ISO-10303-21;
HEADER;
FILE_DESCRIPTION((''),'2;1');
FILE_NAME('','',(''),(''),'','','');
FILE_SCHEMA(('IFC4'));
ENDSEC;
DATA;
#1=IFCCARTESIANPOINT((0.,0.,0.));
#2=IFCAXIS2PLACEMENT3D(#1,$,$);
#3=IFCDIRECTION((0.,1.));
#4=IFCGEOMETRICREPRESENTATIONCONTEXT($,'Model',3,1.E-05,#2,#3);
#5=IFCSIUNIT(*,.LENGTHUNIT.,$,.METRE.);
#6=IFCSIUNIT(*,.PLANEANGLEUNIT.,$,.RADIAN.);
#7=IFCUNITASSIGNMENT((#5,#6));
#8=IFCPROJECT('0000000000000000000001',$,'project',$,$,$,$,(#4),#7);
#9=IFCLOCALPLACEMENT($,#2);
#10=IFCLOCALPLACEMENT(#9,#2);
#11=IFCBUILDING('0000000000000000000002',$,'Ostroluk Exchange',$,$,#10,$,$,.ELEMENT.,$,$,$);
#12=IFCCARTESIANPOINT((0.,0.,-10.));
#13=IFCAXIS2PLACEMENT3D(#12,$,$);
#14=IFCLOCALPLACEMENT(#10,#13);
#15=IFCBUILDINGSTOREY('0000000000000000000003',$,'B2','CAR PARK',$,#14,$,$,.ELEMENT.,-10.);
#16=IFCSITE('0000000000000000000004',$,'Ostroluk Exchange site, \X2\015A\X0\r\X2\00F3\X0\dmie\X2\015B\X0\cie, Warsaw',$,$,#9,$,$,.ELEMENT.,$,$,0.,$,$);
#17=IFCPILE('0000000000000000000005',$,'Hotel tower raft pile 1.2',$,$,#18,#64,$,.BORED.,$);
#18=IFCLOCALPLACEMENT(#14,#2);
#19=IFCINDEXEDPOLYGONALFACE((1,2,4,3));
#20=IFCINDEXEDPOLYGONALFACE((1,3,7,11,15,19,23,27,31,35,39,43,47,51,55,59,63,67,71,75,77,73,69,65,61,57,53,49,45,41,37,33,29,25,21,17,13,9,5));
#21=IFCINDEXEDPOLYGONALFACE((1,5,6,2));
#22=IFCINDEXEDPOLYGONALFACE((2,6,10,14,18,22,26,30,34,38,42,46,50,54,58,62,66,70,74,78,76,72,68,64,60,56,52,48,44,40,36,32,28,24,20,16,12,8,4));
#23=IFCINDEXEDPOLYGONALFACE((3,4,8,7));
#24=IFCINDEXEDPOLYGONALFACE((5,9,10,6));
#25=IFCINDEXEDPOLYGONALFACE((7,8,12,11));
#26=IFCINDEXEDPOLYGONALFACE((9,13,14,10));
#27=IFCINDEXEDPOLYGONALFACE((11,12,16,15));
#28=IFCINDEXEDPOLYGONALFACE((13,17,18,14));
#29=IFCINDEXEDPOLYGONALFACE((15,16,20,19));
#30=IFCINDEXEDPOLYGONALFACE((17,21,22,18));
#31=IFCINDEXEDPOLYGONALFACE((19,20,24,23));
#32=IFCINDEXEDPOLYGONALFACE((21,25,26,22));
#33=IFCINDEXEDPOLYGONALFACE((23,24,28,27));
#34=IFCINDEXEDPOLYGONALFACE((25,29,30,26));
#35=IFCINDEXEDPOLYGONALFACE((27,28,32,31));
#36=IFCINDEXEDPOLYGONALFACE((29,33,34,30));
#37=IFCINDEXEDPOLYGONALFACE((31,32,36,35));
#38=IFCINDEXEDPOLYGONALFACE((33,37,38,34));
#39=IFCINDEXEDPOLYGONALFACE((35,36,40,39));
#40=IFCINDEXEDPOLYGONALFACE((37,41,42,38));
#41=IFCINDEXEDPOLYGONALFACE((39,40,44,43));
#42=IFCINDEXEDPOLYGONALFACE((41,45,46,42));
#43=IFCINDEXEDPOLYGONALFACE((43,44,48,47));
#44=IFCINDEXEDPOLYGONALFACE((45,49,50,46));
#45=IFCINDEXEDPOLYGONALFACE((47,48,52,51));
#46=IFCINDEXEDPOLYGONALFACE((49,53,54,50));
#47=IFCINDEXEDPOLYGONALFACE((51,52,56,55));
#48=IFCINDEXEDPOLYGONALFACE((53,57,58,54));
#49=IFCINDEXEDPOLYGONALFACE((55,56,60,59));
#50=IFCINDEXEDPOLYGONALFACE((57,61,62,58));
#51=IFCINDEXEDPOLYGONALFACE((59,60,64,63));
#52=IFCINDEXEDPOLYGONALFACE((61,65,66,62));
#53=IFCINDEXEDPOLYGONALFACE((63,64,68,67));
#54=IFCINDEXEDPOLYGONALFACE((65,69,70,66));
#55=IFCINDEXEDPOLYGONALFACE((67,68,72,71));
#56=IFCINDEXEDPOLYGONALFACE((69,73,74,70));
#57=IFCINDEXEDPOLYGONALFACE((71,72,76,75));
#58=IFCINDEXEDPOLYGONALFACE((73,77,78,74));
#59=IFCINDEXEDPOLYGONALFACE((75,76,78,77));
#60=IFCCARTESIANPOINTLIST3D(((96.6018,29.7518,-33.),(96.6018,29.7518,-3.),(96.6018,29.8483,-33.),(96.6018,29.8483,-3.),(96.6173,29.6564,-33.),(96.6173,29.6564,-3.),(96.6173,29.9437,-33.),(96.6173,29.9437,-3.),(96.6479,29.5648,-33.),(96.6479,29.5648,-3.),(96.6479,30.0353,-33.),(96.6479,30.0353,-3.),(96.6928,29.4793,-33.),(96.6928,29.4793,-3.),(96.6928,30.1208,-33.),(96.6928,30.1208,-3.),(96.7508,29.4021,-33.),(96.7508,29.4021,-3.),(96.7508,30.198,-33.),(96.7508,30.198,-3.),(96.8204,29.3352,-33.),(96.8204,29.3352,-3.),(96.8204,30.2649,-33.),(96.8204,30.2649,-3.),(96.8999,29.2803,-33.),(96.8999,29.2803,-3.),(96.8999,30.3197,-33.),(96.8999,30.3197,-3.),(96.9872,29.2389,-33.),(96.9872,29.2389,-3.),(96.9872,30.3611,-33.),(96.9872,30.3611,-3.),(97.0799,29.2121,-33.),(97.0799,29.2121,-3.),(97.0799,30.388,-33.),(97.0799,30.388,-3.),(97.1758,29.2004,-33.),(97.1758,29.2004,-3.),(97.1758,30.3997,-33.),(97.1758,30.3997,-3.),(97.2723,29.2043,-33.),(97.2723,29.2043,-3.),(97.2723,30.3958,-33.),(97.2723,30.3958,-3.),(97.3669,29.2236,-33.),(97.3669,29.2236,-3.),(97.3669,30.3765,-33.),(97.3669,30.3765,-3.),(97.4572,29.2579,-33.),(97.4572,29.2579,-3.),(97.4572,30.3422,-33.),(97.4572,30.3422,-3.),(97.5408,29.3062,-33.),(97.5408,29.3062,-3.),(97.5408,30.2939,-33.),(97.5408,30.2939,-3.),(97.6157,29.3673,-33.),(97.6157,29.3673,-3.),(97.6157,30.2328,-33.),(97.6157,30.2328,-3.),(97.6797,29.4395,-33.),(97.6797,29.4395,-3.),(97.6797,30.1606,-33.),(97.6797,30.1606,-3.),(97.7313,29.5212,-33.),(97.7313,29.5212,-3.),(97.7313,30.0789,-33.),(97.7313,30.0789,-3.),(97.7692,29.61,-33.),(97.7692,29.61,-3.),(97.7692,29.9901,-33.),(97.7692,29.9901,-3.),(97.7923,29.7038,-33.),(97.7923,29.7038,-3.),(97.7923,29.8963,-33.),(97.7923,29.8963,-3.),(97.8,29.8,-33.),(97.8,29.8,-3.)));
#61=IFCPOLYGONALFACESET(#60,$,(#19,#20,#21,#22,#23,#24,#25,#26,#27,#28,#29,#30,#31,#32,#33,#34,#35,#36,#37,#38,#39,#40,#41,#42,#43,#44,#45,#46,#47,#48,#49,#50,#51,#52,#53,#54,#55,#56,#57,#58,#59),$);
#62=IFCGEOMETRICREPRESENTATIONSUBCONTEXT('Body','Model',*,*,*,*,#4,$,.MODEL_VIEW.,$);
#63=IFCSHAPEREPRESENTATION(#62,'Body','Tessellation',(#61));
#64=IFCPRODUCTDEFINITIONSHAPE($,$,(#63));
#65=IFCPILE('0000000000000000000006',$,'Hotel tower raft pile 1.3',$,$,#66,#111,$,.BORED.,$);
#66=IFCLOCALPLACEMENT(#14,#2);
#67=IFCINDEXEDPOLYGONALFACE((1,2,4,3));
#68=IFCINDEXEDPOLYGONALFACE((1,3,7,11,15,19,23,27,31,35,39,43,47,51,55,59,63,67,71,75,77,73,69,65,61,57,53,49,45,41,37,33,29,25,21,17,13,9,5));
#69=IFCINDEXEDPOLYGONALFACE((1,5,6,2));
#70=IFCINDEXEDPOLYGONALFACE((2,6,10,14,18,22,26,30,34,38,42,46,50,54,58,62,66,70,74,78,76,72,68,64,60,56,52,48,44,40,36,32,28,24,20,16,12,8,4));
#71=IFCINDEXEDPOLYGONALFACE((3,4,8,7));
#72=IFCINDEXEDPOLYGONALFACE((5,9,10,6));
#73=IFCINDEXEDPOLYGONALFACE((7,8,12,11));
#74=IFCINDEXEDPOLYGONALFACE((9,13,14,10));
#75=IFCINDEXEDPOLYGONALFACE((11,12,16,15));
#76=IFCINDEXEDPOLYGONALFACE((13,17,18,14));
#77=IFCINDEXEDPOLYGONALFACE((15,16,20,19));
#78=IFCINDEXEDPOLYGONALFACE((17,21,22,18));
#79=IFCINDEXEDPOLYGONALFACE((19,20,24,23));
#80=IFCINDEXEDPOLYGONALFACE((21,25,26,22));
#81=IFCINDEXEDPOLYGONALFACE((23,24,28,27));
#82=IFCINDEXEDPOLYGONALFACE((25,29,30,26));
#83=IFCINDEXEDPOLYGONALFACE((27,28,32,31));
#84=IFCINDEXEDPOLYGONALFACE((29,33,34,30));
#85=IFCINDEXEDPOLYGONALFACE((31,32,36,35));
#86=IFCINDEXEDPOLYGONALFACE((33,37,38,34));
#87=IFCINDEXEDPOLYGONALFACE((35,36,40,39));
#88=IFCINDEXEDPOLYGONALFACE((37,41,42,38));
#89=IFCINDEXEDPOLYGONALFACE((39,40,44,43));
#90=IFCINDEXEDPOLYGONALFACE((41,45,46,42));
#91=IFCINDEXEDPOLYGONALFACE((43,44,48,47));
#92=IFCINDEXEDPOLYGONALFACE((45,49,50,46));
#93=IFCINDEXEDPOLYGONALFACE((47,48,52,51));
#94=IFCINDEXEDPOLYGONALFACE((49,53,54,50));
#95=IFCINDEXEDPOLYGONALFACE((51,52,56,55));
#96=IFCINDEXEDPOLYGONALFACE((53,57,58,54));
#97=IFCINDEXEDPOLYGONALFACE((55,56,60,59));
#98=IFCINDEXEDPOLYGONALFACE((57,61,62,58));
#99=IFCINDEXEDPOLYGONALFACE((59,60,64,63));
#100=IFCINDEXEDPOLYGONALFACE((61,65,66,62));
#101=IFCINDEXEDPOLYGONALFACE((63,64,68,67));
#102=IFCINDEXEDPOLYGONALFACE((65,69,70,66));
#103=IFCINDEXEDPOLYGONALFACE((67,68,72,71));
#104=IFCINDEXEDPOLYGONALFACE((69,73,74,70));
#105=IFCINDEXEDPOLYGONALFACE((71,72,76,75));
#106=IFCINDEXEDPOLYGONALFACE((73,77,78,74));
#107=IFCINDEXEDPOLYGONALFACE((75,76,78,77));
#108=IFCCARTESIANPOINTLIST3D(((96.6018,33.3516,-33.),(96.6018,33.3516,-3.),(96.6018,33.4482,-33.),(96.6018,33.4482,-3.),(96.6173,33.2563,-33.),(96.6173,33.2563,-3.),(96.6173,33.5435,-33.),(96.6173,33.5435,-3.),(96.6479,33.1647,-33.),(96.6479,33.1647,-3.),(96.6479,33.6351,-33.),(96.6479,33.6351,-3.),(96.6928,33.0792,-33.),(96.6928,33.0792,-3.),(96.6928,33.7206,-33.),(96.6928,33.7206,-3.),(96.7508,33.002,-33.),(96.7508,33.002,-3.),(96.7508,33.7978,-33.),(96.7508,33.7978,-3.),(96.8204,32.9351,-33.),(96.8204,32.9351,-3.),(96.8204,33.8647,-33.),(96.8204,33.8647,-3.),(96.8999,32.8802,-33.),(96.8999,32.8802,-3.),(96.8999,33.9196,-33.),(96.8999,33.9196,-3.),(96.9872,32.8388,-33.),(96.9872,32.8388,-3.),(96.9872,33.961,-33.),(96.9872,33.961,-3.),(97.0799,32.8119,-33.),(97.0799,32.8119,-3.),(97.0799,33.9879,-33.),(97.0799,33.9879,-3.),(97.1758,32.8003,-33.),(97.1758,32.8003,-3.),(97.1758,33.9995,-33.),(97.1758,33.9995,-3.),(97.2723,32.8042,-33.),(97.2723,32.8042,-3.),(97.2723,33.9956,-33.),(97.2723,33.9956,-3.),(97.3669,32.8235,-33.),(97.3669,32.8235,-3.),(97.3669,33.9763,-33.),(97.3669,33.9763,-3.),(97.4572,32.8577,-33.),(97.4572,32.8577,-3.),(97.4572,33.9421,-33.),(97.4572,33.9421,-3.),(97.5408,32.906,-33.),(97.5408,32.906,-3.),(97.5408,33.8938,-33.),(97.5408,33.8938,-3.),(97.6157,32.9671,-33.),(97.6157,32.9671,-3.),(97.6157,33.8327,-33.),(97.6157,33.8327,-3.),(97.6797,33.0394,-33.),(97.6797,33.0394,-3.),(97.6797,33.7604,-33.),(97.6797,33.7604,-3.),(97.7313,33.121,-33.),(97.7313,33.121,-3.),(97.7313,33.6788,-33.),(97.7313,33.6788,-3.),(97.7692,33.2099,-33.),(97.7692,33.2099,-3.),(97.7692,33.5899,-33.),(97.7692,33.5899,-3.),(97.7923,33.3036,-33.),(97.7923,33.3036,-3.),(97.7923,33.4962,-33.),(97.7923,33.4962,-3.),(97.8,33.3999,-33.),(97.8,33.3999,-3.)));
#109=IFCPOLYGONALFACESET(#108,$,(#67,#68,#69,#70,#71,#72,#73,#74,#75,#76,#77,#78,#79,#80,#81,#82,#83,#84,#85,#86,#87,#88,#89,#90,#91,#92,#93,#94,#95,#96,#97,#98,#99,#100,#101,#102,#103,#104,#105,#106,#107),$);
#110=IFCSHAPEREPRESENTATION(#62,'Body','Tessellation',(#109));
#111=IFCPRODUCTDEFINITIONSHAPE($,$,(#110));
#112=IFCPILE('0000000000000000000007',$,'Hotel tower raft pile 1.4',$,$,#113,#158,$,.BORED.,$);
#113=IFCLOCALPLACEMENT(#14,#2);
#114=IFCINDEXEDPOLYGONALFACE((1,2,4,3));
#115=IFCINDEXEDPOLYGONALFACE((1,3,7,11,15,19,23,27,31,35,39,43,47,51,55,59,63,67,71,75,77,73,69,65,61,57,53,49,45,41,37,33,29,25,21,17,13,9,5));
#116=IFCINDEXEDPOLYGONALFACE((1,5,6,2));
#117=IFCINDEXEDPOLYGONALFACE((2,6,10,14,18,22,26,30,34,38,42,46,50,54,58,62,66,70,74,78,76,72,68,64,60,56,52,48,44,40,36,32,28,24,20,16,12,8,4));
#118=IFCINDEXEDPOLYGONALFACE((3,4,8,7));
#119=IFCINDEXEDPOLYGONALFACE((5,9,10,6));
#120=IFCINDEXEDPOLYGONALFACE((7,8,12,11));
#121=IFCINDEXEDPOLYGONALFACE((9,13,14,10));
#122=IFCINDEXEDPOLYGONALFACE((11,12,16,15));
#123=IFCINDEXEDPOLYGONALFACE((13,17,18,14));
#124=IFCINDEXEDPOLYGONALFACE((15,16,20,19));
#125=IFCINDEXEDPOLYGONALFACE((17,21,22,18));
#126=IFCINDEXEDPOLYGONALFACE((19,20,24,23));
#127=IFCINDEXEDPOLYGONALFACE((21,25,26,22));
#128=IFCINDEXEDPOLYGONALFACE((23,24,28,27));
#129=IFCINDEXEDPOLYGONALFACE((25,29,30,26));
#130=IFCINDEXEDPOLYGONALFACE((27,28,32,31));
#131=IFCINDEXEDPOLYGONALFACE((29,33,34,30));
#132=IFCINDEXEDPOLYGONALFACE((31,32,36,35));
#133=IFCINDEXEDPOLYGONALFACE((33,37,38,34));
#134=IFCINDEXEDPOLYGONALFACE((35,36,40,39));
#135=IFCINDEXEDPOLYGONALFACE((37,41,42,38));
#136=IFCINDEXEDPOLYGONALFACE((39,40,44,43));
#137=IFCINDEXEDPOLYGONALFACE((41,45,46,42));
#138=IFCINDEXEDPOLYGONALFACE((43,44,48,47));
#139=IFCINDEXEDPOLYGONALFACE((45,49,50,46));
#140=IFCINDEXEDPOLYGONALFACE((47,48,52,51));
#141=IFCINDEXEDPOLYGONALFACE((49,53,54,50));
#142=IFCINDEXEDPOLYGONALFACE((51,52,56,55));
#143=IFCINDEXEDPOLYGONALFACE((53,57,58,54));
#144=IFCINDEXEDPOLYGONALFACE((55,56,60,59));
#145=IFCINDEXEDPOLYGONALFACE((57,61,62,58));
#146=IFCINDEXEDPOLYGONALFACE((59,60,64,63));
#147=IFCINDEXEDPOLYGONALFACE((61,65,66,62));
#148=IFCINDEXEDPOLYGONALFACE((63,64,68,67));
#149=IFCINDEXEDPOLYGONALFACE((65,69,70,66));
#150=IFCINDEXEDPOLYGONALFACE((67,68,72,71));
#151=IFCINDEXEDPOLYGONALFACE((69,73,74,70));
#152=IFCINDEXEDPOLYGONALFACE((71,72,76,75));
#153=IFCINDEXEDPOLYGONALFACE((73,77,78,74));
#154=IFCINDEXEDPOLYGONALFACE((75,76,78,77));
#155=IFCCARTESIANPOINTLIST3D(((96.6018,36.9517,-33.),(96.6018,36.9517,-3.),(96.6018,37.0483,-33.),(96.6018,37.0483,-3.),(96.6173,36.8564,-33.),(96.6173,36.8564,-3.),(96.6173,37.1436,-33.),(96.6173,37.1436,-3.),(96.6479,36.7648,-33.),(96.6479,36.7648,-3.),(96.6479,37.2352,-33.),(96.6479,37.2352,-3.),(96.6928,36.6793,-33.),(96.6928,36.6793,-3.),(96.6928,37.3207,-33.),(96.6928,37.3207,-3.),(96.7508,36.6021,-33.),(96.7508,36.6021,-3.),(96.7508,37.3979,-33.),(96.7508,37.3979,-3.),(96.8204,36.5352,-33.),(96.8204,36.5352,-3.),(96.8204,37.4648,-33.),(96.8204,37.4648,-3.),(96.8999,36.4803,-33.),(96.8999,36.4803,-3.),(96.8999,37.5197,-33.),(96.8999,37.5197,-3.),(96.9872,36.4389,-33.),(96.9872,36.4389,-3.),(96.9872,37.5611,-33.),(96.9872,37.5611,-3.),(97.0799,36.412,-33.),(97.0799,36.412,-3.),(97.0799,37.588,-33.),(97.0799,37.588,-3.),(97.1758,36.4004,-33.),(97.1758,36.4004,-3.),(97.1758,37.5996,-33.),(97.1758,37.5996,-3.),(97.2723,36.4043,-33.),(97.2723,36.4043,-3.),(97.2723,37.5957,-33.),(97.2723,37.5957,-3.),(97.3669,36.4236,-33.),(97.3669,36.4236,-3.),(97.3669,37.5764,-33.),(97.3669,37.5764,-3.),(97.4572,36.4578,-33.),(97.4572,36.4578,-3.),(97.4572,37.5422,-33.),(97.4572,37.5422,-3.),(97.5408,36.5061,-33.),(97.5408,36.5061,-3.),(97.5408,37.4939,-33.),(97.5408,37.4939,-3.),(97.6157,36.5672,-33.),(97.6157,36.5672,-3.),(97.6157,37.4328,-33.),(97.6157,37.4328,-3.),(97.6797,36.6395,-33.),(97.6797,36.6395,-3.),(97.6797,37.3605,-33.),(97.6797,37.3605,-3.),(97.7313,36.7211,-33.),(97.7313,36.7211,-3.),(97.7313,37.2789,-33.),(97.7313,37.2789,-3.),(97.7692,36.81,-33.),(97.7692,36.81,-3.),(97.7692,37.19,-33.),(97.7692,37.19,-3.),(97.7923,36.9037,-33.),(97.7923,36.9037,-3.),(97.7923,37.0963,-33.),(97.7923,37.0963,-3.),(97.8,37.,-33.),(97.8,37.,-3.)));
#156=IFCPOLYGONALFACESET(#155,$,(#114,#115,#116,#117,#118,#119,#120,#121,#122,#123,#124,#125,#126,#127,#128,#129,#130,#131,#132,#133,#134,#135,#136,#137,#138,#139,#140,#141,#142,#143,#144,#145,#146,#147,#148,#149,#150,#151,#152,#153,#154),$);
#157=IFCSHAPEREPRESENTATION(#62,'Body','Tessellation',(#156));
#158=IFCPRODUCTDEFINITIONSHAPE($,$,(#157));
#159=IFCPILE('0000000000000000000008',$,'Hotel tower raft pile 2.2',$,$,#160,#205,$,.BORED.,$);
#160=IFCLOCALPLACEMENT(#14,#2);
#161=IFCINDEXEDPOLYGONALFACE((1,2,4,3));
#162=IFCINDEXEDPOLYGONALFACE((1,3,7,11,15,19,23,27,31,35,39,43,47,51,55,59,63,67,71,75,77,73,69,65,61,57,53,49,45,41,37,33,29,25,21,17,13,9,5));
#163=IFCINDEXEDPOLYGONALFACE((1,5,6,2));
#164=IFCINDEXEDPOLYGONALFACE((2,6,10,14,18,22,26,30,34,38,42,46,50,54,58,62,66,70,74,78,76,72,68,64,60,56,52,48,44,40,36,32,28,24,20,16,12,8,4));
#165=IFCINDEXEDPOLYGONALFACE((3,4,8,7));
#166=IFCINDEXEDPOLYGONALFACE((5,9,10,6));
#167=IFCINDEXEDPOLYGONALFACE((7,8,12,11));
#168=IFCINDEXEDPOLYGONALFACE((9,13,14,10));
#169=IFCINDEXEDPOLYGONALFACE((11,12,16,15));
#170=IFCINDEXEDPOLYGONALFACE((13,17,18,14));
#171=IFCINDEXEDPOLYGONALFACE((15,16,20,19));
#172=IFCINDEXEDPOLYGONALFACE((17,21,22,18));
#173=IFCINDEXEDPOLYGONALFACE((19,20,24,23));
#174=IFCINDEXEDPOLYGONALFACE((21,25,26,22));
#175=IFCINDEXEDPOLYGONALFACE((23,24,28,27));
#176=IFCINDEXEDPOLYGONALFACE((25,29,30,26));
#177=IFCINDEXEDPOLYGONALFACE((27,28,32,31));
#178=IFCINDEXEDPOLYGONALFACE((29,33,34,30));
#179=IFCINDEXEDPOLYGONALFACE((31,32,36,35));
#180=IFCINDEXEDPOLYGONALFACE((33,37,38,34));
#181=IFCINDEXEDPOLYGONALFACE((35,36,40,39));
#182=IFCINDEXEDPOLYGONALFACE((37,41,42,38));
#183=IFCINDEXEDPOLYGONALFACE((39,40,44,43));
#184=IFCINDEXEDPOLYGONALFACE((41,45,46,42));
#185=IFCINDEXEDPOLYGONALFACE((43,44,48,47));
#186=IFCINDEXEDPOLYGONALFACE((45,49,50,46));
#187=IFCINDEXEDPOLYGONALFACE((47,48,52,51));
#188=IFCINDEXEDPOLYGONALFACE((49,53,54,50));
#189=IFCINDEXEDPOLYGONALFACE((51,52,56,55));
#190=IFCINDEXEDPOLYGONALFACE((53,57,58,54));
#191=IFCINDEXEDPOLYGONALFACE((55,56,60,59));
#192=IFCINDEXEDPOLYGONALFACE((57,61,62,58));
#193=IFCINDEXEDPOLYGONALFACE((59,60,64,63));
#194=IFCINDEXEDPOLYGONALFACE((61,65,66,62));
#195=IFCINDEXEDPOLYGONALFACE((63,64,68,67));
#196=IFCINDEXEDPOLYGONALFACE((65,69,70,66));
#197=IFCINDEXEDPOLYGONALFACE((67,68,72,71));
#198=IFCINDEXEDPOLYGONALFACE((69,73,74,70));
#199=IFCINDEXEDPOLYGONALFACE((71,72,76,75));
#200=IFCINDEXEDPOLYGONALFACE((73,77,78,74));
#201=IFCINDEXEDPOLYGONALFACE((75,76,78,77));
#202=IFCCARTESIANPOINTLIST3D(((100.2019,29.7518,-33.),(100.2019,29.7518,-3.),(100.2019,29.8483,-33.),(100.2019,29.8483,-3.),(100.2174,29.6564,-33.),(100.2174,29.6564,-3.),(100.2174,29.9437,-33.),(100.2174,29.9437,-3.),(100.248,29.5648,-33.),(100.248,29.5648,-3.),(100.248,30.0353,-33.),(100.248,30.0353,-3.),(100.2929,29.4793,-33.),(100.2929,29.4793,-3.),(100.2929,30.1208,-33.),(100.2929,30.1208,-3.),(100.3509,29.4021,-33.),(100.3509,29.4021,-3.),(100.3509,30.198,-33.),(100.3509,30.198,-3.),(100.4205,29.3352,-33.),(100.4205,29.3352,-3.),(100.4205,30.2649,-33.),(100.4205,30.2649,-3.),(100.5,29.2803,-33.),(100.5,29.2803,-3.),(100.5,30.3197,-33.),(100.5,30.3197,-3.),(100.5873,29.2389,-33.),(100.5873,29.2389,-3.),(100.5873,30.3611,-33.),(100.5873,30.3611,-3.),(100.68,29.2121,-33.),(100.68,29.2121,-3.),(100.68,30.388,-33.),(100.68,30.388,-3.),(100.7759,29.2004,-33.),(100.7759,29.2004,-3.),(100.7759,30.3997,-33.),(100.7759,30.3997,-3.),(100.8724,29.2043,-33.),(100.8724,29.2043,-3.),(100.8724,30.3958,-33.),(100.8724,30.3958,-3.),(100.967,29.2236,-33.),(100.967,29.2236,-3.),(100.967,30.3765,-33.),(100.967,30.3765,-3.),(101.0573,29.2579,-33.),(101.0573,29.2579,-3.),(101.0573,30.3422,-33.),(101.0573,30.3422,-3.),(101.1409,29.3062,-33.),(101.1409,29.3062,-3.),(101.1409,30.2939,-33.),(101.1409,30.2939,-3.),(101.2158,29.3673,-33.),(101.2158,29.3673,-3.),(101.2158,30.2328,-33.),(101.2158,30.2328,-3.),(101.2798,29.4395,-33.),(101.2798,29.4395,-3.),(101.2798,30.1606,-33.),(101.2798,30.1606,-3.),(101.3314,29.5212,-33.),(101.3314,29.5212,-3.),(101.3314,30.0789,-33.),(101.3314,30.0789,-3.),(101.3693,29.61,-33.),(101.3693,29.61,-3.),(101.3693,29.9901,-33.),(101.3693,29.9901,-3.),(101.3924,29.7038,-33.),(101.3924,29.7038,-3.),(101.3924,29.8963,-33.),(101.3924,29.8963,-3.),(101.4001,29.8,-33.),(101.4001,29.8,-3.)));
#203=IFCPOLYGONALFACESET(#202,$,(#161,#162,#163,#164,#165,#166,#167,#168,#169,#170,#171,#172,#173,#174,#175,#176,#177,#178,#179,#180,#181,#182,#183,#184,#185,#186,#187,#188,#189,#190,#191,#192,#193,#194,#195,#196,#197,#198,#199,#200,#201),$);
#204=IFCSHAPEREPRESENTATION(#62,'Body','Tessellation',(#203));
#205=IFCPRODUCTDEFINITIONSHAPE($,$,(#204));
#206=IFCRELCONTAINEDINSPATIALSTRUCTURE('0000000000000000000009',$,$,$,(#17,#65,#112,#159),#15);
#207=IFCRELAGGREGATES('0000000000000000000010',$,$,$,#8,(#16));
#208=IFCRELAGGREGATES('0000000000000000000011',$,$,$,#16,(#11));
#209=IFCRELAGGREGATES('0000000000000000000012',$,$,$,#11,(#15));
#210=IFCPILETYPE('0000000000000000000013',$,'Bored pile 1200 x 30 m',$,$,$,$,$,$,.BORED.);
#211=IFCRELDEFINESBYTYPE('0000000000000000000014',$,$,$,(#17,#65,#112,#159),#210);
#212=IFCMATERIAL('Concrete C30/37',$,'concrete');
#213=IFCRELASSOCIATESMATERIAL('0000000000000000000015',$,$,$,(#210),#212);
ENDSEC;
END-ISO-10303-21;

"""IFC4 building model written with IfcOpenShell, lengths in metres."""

from ifc_helpers import new_model, si_unit, direction, frame, origin, origin_2d, place, context, subcontext, project, spatial, circle, extrude, material, type_object, element, save


model = new_model("IFC4")

# Units and contexts
model_context = context("Model", 3, precision=1e-05, world=origin(), true_north=direction((0.0, 1.0)))
body_context = subcontext(model_context, "Body", "Model", "MODEL_VIEW")
ifc_project = project(units=[si_unit("LENGTHUNIT", "METRE"), si_unit("PLANEANGLEUNIT", "RADIAN")], contexts=[model_context])

# Site, building, storey
site_placement = place(None, origin())
site = spatial("IfcSite", under=ifc_project, at=site_placement, Name="Ostroluk Exchange site, Śródmieście, Warsaw", CompositionType="ELEMENT", RefElevation=0.0)
building_placement = place(site_placement, origin())
building = spatial("IfcBuilding", under=site, at=building_placement, Name="Ostroluk Exchange", CompositionType="ELEMENT")
storey_placement = place(building_placement, frame((0.0, 0.0, -10.0)))
storey = spatial("IfcBuildingStorey", under=building, at=storey_placement, Name="B2", Description="CAR PARK", CompositionType="ELEMENT", Elevation=-10.0)

# Piles
ifc_material_1 = material(Name="Concrete C30/37", Category="concrete")
pile_type_1 = type_object("IfcPileType", Name="Bored pile 1200 x 30 m", PredefinedType="BORED", material=ifc_material_1)
for number, where, z_axis, x_axis, name in (
    (1, (97.2, 29.8, -3.0), (0.0, 0.0, -1.0), (1.0, 0.0, 0.0), "Hotel tower raft pile 1.2"),
    (2, (97.2, 33.3999, -3.0), (0.0, 0.0, -1.0), (1.0, 0.0, 0.0), "Hotel tower raft pile 1.3"),
    (3, (97.2, 37.0, -3.0), (0.0, 0.0, -1.0), (1.0, 0.0, 0.0), "Hotel tower raft pile 1.4"),
    (4, (100.8, 29.8, -3.0), (0.0, 0.0, -1.0), (1.0, 0.0, 0.0), "Hotel tower raft pile 2.2"),
):
    element("IfcPile", number, at=place(storey_placement, frame(where, z_axis=z_axis, x_axis=x_axis)), inside=storey, type_object=pile_type_1, Name=name, PredefinedType="BORED", context=body_context, shape_type="SweptSolid", body=[
        extrude(circle(Radius=0.6001, at=origin_2d()), origin(), (0.0, 0.0, 1.0), 30.0),
    ])

save(model, "model.ifc")
